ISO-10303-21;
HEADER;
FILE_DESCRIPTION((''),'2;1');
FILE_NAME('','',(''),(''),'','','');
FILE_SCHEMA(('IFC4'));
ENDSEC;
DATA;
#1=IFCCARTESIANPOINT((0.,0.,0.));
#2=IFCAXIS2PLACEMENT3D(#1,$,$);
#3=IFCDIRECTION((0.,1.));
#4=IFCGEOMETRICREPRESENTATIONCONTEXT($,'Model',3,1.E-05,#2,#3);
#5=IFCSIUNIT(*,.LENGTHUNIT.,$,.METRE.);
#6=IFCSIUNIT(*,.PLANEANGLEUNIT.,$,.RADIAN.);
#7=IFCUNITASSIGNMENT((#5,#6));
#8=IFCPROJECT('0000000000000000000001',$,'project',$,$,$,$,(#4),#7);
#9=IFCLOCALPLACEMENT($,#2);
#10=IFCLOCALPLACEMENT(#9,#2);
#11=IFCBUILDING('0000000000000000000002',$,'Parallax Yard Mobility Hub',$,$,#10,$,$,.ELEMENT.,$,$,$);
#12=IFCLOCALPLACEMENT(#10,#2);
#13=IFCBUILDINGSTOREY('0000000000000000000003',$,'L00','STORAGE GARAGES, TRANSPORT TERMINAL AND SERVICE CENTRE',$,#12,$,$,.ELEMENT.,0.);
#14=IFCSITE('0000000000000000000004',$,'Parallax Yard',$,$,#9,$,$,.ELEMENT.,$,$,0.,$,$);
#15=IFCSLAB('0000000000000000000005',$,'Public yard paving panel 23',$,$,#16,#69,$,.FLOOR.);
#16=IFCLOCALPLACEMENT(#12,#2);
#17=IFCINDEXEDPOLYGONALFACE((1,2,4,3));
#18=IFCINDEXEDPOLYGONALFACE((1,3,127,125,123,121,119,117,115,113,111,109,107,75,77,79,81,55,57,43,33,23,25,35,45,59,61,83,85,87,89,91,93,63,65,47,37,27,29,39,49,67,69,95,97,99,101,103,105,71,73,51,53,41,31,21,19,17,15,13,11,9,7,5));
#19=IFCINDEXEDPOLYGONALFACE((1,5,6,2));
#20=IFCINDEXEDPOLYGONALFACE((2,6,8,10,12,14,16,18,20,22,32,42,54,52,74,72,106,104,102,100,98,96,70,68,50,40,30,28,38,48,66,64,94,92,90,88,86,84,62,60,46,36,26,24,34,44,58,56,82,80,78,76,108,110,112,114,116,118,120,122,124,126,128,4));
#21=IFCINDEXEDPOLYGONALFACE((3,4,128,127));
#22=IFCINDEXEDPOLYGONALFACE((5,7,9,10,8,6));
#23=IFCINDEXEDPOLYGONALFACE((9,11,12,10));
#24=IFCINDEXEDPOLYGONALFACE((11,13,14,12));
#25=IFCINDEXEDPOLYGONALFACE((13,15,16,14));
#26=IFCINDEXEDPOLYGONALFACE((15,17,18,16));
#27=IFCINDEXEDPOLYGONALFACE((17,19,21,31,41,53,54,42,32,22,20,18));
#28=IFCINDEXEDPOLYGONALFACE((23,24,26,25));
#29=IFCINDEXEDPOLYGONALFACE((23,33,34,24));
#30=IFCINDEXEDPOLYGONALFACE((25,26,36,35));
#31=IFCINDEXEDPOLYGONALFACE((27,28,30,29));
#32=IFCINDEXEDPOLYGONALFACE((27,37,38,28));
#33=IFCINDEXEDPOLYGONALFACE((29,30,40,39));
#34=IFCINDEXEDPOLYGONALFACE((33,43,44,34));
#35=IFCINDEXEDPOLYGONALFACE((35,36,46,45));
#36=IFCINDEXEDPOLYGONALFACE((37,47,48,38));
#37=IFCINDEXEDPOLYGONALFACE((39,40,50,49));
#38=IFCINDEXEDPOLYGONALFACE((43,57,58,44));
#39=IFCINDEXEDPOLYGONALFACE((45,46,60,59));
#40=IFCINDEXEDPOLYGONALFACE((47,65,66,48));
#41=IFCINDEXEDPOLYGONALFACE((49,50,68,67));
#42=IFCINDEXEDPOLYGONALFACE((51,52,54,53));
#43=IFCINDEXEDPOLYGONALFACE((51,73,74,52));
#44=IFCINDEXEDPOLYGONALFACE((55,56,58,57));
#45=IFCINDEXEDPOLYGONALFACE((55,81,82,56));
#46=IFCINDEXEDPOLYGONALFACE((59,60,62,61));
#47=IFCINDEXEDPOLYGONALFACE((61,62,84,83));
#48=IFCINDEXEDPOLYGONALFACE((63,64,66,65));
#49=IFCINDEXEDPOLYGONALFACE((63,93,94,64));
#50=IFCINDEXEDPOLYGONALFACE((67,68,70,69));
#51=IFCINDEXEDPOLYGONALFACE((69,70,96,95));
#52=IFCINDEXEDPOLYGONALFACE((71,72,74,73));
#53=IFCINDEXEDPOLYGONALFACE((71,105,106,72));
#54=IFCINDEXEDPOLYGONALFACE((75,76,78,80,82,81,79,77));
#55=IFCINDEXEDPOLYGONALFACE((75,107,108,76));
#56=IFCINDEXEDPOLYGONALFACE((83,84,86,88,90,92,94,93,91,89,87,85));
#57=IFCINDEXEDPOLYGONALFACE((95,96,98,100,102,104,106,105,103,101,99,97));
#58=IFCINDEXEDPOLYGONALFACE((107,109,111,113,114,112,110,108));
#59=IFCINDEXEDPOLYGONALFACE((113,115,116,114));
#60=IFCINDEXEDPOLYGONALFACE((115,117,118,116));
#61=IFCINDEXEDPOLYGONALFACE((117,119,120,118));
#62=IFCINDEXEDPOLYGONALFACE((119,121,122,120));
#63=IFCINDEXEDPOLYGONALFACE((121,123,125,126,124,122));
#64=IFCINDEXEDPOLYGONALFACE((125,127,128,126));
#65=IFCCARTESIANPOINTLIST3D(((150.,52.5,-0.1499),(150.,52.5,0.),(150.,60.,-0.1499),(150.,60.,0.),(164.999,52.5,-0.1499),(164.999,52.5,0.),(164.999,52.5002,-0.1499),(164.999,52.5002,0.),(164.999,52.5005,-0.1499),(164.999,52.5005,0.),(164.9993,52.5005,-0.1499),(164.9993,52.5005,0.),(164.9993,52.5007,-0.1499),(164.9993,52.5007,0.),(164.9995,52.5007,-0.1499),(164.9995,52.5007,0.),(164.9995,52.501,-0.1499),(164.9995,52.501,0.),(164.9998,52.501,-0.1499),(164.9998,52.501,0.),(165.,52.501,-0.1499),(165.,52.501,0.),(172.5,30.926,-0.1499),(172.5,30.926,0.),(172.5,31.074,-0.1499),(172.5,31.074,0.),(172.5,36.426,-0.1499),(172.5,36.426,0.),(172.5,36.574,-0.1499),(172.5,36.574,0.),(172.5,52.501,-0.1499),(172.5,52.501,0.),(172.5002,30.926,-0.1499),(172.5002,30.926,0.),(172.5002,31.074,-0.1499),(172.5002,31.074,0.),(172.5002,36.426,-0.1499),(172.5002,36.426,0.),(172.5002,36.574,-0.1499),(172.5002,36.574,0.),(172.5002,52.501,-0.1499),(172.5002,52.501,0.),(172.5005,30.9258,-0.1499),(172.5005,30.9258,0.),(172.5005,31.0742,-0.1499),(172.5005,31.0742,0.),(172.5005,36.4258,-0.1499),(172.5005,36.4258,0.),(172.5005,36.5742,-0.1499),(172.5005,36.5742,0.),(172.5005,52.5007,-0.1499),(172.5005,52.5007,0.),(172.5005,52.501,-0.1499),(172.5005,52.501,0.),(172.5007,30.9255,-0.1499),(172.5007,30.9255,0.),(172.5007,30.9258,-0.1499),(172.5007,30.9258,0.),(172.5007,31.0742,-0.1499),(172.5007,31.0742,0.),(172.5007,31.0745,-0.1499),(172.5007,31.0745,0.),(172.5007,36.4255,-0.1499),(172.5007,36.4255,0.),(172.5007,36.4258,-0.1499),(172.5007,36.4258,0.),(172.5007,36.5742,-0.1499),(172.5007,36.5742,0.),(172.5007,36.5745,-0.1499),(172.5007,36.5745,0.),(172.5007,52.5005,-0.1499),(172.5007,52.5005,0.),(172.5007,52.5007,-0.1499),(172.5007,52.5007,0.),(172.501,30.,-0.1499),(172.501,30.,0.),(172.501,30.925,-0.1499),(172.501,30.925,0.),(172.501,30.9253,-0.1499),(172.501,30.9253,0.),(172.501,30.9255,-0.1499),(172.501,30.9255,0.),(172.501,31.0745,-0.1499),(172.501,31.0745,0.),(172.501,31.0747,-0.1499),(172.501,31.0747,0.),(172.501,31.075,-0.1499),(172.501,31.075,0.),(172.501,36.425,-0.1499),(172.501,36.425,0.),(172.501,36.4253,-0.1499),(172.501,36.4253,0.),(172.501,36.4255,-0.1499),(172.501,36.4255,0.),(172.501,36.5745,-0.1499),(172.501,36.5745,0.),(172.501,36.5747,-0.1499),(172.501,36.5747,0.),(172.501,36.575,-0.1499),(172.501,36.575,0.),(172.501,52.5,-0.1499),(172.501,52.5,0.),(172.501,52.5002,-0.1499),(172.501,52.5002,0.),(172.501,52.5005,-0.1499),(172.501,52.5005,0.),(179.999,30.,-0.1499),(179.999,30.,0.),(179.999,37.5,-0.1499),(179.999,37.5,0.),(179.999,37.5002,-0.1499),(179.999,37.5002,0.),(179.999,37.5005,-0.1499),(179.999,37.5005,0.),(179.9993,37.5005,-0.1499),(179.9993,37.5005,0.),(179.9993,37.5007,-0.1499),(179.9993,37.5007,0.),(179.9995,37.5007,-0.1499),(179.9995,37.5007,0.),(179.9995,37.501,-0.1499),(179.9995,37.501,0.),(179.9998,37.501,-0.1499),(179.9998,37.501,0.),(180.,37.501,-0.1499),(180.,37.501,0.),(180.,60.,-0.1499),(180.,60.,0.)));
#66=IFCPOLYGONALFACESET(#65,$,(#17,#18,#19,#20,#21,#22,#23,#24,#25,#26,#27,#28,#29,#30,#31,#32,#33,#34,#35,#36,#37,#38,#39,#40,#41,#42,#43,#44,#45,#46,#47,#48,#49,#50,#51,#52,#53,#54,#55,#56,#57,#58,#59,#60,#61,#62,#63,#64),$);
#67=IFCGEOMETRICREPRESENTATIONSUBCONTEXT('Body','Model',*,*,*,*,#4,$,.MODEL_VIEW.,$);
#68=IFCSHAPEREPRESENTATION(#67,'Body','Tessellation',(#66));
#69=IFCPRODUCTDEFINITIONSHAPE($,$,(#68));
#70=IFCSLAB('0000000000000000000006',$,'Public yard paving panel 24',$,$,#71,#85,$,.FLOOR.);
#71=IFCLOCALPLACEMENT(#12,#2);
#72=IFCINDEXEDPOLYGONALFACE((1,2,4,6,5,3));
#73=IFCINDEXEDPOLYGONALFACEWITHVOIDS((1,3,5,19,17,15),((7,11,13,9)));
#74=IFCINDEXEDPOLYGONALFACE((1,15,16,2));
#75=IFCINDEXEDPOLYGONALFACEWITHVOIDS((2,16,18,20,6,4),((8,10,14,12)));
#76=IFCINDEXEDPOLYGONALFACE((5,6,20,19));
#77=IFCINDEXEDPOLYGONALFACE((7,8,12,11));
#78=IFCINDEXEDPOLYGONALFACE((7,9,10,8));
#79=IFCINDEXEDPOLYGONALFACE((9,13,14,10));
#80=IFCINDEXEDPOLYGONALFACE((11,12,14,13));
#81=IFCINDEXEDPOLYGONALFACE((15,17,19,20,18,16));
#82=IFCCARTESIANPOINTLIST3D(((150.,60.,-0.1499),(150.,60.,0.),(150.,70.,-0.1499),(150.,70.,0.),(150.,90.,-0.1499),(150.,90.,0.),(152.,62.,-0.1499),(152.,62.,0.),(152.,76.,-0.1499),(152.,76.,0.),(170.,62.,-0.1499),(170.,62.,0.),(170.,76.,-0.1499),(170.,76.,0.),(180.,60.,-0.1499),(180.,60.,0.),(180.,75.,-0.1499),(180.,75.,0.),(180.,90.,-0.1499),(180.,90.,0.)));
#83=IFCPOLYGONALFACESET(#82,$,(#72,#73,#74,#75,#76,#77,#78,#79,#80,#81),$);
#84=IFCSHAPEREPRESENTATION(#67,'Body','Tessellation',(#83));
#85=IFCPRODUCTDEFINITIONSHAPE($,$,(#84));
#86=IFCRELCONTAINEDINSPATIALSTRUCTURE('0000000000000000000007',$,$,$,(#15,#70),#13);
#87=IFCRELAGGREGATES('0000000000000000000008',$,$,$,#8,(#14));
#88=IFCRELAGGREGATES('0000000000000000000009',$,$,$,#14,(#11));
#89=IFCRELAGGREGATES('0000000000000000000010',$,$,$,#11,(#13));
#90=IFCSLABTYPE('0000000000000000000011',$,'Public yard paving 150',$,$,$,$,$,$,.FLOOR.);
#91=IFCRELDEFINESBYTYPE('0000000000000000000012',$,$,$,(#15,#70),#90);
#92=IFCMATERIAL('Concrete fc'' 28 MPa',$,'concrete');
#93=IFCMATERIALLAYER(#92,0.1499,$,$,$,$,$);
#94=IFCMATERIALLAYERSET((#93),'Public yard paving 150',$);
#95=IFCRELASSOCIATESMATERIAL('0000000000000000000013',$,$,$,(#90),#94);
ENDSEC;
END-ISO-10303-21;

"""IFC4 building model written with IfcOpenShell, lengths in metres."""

from ifc_helpers import new_model, si_unit, direction, frame, origin, place, context, subcontext, project, spatial, polyline, outline, extrude, material, layer, layer_set, type_object, element, save


model = new_model("IFC4")

# Units and contexts
model_context = context("Model", 3, precision=1e-05, world=origin(), true_north=direction((0.0, 1.0)))
body_context = subcontext(model_context, "Body", "Model", "MODEL_VIEW")
ifc_project = project(units=[si_unit("LENGTHUNIT", "METRE"), si_unit("PLANEANGLEUNIT", "RADIAN")], contexts=[model_context])

# Site, building, storey
site_placement = place(None, origin())
site = spatial("IfcSite", under=ifc_project, at=site_placement, Name="Parallax Yard", CompositionType="ELEMENT", RefElevation=0.0)
building_placement = place(site_placement, origin())
building = spatial("IfcBuilding", under=site, at=building_placement, Name="Parallax Yard Mobility Hub", CompositionType="ELEMENT")
storey_placement = place(building_placement, origin())
storey = spatial("IfcBuildingStorey", under=building, at=storey_placement, Name="L00", Description="STORAGE GARAGES, TRANSPORT TERMINAL AND SERVICE CENTRE", CompositionType="ELEMENT", Elevation=0.0)

# Slabs
ifc_material = material(Name="Concrete fc' 28 MPa", Category="concrete")
ifc_layer_1 = layer(ifc_material, 0.1499)
ifc_layer_set_1 = layer_set([ifc_layer_1], Name="Public yard paving 150")
slab_type_1 = type_object("IfcSlabType", Name="Public yard paving 150", PredefinedType="FLOOR", material=ifc_layer_set_1)
slab_1_placement = place(storey_placement, frame((0.0, 0.0, -0.1499)))
element("IfcSlab", 1, at=slab_1_placement, inside=storey, type_object=slab_type_1, Name="Public yard paving panel 23", PredefinedType="FLOOR", context=body_context, shape_type="SweptSolid", body=[
    extrude(outline(polyline([(180.0, 37.501), (180.0, 37.501), (179.9998, 37.501), (179.9998, 37.501), (179.9995, 37.501), (179.9995, 37.501), (179.9995, 37.5007), (179.9995, 37.5007), (179.9993, 37.5007), (179.9993, 37.5005), (179.9993, 37.5005), (179.999, 37.5005), (179.999, 37.5005), (179.999, 37.5002), (179.999, 37.5002), (179.999, 37.5), (179.999, 37.5), (179.999, 30.0), (172.501, 30.0), (172.501, 30.925), (172.501, 30.925), (172.501, 30.9253), (172.501, 30.9253), (172.501, 30.9253), (172.501, 30.9255), (172.5007, 30.9255), (172.5007, 30.9255), (172.5007, 30.9258), (172.5005, 30.9258), (172.5005, 30.9258), (172.5005, 30.9258), (172.5005, 30.9258), (172.5002, 30.926), (172.5002, 30.926), (172.5, 30.926), (172.5, 30.926), (172.5, 31.074), (172.5, 31.074), (172.5002, 31.074), (172.5002, 31.074), (172.5005, 31.0742), (172.5005, 31.0742), (172.5005, 31.0742), (172.5005, 31.0742), (172.5007, 31.0742), (172.5007, 31.0745), (172.5007, 31.0745), (172.501, 31.0745), (172.501, 31.0747), (172.501, 31.0747), (172.501, 31.0747), (172.501, 31.075), (172.501, 31.075), (172.501, 36.425), (172.501, 36.425), (172.501, 36.4253), (172.501, 36.4253), (172.501, 36.4253), (172.501, 36.4255), (172.5007, 36.4255), (172.5007, 36.4255), (172.5007, 36.4258), (172.5005, 36.4258), (172.5005, 36.4258), (172.5005, 36.4258), (172.5005, 36.4258), (172.5002, 36.426), (172.5002, 36.426), (172.5, 36.426), (172.5, 36.426), (172.5, 36.574), (172.5, 36.574), (172.5002, 36.574), (172.5002, 36.574), (172.5005, 36.5742), (172.5005, 36.5742), (172.5005, 36.5742), (172.5005, 36.5742), (172.5007, 36.5742), (172.5007, 36.5745), (172.5007, 36.5745), (172.501, 36.5745), (172.501, 36.5747), (172.501, 36.5747), (172.501, 36.5747), (172.501, 36.575), (172.501, 36.575), (172.501, 52.5), (172.501, 52.5), (172.501, 52.5002), (172.501, 52.5002), (172.501, 52.5005), (172.501, 52.5005), (172.5007, 52.5005), (172.5007, 52.5005), (172.5007, 52.5007), (172.5005, 52.5007), (172.5005, 52.5007), (172.5005, 52.501), (172.5005, 52.501), (172.5002, 52.501), (172.5002, 52.501), (172.5, 52.501), (172.5, 52.501), (165.0, 52.501), (165.0, 52.501), (164.9998, 52.501), (164.9998, 52.501), (164.9995, 52.501), (164.9995, 52.501), (164.9995, 52.5007), (164.9995, 52.5007), (164.9993, 52.5007), (164.9993, 52.5005), (164.9993, 52.5005), (164.999, 52.5005), (164.999, 52.5005), (164.999, 52.5002), (164.999, 52.5002), (164.999, 52.5), (164.999, 52.5), (150.0, 52.5), (150.0, 60.0), (180.0, 60.0), (180.0, 37.501)])), origin(), (0.0, 0.0, 1.0), 0.1499),
])
slab_2_placement = place(storey_placement, frame((0.0, 0.0, -0.1499)))
element("IfcSlab", 2, at=slab_2_placement, inside=storey, type_object=slab_type_1, Name="Public yard paving panel 24", PredefinedType="FLOOR", context=body_context, shape_type="SweptSolid", body=[
    extrude(outline(polyline([(180.0, 60.0), (150.0, 60.0), (150.0, 70.0), (150.0, 90.0), (180.0, 90.0), (180.0, 75.0), (180.0, 60.0)]), holes=[polyline([(170.0, 76.0), (152.0, 76.0), (152.0, 62.0), (170.0, 62.0), (170.0, 76.0)])]), origin(), (0.0, 0.0, 1.0), 0.1499),
])

save(model, "model.ifc")
